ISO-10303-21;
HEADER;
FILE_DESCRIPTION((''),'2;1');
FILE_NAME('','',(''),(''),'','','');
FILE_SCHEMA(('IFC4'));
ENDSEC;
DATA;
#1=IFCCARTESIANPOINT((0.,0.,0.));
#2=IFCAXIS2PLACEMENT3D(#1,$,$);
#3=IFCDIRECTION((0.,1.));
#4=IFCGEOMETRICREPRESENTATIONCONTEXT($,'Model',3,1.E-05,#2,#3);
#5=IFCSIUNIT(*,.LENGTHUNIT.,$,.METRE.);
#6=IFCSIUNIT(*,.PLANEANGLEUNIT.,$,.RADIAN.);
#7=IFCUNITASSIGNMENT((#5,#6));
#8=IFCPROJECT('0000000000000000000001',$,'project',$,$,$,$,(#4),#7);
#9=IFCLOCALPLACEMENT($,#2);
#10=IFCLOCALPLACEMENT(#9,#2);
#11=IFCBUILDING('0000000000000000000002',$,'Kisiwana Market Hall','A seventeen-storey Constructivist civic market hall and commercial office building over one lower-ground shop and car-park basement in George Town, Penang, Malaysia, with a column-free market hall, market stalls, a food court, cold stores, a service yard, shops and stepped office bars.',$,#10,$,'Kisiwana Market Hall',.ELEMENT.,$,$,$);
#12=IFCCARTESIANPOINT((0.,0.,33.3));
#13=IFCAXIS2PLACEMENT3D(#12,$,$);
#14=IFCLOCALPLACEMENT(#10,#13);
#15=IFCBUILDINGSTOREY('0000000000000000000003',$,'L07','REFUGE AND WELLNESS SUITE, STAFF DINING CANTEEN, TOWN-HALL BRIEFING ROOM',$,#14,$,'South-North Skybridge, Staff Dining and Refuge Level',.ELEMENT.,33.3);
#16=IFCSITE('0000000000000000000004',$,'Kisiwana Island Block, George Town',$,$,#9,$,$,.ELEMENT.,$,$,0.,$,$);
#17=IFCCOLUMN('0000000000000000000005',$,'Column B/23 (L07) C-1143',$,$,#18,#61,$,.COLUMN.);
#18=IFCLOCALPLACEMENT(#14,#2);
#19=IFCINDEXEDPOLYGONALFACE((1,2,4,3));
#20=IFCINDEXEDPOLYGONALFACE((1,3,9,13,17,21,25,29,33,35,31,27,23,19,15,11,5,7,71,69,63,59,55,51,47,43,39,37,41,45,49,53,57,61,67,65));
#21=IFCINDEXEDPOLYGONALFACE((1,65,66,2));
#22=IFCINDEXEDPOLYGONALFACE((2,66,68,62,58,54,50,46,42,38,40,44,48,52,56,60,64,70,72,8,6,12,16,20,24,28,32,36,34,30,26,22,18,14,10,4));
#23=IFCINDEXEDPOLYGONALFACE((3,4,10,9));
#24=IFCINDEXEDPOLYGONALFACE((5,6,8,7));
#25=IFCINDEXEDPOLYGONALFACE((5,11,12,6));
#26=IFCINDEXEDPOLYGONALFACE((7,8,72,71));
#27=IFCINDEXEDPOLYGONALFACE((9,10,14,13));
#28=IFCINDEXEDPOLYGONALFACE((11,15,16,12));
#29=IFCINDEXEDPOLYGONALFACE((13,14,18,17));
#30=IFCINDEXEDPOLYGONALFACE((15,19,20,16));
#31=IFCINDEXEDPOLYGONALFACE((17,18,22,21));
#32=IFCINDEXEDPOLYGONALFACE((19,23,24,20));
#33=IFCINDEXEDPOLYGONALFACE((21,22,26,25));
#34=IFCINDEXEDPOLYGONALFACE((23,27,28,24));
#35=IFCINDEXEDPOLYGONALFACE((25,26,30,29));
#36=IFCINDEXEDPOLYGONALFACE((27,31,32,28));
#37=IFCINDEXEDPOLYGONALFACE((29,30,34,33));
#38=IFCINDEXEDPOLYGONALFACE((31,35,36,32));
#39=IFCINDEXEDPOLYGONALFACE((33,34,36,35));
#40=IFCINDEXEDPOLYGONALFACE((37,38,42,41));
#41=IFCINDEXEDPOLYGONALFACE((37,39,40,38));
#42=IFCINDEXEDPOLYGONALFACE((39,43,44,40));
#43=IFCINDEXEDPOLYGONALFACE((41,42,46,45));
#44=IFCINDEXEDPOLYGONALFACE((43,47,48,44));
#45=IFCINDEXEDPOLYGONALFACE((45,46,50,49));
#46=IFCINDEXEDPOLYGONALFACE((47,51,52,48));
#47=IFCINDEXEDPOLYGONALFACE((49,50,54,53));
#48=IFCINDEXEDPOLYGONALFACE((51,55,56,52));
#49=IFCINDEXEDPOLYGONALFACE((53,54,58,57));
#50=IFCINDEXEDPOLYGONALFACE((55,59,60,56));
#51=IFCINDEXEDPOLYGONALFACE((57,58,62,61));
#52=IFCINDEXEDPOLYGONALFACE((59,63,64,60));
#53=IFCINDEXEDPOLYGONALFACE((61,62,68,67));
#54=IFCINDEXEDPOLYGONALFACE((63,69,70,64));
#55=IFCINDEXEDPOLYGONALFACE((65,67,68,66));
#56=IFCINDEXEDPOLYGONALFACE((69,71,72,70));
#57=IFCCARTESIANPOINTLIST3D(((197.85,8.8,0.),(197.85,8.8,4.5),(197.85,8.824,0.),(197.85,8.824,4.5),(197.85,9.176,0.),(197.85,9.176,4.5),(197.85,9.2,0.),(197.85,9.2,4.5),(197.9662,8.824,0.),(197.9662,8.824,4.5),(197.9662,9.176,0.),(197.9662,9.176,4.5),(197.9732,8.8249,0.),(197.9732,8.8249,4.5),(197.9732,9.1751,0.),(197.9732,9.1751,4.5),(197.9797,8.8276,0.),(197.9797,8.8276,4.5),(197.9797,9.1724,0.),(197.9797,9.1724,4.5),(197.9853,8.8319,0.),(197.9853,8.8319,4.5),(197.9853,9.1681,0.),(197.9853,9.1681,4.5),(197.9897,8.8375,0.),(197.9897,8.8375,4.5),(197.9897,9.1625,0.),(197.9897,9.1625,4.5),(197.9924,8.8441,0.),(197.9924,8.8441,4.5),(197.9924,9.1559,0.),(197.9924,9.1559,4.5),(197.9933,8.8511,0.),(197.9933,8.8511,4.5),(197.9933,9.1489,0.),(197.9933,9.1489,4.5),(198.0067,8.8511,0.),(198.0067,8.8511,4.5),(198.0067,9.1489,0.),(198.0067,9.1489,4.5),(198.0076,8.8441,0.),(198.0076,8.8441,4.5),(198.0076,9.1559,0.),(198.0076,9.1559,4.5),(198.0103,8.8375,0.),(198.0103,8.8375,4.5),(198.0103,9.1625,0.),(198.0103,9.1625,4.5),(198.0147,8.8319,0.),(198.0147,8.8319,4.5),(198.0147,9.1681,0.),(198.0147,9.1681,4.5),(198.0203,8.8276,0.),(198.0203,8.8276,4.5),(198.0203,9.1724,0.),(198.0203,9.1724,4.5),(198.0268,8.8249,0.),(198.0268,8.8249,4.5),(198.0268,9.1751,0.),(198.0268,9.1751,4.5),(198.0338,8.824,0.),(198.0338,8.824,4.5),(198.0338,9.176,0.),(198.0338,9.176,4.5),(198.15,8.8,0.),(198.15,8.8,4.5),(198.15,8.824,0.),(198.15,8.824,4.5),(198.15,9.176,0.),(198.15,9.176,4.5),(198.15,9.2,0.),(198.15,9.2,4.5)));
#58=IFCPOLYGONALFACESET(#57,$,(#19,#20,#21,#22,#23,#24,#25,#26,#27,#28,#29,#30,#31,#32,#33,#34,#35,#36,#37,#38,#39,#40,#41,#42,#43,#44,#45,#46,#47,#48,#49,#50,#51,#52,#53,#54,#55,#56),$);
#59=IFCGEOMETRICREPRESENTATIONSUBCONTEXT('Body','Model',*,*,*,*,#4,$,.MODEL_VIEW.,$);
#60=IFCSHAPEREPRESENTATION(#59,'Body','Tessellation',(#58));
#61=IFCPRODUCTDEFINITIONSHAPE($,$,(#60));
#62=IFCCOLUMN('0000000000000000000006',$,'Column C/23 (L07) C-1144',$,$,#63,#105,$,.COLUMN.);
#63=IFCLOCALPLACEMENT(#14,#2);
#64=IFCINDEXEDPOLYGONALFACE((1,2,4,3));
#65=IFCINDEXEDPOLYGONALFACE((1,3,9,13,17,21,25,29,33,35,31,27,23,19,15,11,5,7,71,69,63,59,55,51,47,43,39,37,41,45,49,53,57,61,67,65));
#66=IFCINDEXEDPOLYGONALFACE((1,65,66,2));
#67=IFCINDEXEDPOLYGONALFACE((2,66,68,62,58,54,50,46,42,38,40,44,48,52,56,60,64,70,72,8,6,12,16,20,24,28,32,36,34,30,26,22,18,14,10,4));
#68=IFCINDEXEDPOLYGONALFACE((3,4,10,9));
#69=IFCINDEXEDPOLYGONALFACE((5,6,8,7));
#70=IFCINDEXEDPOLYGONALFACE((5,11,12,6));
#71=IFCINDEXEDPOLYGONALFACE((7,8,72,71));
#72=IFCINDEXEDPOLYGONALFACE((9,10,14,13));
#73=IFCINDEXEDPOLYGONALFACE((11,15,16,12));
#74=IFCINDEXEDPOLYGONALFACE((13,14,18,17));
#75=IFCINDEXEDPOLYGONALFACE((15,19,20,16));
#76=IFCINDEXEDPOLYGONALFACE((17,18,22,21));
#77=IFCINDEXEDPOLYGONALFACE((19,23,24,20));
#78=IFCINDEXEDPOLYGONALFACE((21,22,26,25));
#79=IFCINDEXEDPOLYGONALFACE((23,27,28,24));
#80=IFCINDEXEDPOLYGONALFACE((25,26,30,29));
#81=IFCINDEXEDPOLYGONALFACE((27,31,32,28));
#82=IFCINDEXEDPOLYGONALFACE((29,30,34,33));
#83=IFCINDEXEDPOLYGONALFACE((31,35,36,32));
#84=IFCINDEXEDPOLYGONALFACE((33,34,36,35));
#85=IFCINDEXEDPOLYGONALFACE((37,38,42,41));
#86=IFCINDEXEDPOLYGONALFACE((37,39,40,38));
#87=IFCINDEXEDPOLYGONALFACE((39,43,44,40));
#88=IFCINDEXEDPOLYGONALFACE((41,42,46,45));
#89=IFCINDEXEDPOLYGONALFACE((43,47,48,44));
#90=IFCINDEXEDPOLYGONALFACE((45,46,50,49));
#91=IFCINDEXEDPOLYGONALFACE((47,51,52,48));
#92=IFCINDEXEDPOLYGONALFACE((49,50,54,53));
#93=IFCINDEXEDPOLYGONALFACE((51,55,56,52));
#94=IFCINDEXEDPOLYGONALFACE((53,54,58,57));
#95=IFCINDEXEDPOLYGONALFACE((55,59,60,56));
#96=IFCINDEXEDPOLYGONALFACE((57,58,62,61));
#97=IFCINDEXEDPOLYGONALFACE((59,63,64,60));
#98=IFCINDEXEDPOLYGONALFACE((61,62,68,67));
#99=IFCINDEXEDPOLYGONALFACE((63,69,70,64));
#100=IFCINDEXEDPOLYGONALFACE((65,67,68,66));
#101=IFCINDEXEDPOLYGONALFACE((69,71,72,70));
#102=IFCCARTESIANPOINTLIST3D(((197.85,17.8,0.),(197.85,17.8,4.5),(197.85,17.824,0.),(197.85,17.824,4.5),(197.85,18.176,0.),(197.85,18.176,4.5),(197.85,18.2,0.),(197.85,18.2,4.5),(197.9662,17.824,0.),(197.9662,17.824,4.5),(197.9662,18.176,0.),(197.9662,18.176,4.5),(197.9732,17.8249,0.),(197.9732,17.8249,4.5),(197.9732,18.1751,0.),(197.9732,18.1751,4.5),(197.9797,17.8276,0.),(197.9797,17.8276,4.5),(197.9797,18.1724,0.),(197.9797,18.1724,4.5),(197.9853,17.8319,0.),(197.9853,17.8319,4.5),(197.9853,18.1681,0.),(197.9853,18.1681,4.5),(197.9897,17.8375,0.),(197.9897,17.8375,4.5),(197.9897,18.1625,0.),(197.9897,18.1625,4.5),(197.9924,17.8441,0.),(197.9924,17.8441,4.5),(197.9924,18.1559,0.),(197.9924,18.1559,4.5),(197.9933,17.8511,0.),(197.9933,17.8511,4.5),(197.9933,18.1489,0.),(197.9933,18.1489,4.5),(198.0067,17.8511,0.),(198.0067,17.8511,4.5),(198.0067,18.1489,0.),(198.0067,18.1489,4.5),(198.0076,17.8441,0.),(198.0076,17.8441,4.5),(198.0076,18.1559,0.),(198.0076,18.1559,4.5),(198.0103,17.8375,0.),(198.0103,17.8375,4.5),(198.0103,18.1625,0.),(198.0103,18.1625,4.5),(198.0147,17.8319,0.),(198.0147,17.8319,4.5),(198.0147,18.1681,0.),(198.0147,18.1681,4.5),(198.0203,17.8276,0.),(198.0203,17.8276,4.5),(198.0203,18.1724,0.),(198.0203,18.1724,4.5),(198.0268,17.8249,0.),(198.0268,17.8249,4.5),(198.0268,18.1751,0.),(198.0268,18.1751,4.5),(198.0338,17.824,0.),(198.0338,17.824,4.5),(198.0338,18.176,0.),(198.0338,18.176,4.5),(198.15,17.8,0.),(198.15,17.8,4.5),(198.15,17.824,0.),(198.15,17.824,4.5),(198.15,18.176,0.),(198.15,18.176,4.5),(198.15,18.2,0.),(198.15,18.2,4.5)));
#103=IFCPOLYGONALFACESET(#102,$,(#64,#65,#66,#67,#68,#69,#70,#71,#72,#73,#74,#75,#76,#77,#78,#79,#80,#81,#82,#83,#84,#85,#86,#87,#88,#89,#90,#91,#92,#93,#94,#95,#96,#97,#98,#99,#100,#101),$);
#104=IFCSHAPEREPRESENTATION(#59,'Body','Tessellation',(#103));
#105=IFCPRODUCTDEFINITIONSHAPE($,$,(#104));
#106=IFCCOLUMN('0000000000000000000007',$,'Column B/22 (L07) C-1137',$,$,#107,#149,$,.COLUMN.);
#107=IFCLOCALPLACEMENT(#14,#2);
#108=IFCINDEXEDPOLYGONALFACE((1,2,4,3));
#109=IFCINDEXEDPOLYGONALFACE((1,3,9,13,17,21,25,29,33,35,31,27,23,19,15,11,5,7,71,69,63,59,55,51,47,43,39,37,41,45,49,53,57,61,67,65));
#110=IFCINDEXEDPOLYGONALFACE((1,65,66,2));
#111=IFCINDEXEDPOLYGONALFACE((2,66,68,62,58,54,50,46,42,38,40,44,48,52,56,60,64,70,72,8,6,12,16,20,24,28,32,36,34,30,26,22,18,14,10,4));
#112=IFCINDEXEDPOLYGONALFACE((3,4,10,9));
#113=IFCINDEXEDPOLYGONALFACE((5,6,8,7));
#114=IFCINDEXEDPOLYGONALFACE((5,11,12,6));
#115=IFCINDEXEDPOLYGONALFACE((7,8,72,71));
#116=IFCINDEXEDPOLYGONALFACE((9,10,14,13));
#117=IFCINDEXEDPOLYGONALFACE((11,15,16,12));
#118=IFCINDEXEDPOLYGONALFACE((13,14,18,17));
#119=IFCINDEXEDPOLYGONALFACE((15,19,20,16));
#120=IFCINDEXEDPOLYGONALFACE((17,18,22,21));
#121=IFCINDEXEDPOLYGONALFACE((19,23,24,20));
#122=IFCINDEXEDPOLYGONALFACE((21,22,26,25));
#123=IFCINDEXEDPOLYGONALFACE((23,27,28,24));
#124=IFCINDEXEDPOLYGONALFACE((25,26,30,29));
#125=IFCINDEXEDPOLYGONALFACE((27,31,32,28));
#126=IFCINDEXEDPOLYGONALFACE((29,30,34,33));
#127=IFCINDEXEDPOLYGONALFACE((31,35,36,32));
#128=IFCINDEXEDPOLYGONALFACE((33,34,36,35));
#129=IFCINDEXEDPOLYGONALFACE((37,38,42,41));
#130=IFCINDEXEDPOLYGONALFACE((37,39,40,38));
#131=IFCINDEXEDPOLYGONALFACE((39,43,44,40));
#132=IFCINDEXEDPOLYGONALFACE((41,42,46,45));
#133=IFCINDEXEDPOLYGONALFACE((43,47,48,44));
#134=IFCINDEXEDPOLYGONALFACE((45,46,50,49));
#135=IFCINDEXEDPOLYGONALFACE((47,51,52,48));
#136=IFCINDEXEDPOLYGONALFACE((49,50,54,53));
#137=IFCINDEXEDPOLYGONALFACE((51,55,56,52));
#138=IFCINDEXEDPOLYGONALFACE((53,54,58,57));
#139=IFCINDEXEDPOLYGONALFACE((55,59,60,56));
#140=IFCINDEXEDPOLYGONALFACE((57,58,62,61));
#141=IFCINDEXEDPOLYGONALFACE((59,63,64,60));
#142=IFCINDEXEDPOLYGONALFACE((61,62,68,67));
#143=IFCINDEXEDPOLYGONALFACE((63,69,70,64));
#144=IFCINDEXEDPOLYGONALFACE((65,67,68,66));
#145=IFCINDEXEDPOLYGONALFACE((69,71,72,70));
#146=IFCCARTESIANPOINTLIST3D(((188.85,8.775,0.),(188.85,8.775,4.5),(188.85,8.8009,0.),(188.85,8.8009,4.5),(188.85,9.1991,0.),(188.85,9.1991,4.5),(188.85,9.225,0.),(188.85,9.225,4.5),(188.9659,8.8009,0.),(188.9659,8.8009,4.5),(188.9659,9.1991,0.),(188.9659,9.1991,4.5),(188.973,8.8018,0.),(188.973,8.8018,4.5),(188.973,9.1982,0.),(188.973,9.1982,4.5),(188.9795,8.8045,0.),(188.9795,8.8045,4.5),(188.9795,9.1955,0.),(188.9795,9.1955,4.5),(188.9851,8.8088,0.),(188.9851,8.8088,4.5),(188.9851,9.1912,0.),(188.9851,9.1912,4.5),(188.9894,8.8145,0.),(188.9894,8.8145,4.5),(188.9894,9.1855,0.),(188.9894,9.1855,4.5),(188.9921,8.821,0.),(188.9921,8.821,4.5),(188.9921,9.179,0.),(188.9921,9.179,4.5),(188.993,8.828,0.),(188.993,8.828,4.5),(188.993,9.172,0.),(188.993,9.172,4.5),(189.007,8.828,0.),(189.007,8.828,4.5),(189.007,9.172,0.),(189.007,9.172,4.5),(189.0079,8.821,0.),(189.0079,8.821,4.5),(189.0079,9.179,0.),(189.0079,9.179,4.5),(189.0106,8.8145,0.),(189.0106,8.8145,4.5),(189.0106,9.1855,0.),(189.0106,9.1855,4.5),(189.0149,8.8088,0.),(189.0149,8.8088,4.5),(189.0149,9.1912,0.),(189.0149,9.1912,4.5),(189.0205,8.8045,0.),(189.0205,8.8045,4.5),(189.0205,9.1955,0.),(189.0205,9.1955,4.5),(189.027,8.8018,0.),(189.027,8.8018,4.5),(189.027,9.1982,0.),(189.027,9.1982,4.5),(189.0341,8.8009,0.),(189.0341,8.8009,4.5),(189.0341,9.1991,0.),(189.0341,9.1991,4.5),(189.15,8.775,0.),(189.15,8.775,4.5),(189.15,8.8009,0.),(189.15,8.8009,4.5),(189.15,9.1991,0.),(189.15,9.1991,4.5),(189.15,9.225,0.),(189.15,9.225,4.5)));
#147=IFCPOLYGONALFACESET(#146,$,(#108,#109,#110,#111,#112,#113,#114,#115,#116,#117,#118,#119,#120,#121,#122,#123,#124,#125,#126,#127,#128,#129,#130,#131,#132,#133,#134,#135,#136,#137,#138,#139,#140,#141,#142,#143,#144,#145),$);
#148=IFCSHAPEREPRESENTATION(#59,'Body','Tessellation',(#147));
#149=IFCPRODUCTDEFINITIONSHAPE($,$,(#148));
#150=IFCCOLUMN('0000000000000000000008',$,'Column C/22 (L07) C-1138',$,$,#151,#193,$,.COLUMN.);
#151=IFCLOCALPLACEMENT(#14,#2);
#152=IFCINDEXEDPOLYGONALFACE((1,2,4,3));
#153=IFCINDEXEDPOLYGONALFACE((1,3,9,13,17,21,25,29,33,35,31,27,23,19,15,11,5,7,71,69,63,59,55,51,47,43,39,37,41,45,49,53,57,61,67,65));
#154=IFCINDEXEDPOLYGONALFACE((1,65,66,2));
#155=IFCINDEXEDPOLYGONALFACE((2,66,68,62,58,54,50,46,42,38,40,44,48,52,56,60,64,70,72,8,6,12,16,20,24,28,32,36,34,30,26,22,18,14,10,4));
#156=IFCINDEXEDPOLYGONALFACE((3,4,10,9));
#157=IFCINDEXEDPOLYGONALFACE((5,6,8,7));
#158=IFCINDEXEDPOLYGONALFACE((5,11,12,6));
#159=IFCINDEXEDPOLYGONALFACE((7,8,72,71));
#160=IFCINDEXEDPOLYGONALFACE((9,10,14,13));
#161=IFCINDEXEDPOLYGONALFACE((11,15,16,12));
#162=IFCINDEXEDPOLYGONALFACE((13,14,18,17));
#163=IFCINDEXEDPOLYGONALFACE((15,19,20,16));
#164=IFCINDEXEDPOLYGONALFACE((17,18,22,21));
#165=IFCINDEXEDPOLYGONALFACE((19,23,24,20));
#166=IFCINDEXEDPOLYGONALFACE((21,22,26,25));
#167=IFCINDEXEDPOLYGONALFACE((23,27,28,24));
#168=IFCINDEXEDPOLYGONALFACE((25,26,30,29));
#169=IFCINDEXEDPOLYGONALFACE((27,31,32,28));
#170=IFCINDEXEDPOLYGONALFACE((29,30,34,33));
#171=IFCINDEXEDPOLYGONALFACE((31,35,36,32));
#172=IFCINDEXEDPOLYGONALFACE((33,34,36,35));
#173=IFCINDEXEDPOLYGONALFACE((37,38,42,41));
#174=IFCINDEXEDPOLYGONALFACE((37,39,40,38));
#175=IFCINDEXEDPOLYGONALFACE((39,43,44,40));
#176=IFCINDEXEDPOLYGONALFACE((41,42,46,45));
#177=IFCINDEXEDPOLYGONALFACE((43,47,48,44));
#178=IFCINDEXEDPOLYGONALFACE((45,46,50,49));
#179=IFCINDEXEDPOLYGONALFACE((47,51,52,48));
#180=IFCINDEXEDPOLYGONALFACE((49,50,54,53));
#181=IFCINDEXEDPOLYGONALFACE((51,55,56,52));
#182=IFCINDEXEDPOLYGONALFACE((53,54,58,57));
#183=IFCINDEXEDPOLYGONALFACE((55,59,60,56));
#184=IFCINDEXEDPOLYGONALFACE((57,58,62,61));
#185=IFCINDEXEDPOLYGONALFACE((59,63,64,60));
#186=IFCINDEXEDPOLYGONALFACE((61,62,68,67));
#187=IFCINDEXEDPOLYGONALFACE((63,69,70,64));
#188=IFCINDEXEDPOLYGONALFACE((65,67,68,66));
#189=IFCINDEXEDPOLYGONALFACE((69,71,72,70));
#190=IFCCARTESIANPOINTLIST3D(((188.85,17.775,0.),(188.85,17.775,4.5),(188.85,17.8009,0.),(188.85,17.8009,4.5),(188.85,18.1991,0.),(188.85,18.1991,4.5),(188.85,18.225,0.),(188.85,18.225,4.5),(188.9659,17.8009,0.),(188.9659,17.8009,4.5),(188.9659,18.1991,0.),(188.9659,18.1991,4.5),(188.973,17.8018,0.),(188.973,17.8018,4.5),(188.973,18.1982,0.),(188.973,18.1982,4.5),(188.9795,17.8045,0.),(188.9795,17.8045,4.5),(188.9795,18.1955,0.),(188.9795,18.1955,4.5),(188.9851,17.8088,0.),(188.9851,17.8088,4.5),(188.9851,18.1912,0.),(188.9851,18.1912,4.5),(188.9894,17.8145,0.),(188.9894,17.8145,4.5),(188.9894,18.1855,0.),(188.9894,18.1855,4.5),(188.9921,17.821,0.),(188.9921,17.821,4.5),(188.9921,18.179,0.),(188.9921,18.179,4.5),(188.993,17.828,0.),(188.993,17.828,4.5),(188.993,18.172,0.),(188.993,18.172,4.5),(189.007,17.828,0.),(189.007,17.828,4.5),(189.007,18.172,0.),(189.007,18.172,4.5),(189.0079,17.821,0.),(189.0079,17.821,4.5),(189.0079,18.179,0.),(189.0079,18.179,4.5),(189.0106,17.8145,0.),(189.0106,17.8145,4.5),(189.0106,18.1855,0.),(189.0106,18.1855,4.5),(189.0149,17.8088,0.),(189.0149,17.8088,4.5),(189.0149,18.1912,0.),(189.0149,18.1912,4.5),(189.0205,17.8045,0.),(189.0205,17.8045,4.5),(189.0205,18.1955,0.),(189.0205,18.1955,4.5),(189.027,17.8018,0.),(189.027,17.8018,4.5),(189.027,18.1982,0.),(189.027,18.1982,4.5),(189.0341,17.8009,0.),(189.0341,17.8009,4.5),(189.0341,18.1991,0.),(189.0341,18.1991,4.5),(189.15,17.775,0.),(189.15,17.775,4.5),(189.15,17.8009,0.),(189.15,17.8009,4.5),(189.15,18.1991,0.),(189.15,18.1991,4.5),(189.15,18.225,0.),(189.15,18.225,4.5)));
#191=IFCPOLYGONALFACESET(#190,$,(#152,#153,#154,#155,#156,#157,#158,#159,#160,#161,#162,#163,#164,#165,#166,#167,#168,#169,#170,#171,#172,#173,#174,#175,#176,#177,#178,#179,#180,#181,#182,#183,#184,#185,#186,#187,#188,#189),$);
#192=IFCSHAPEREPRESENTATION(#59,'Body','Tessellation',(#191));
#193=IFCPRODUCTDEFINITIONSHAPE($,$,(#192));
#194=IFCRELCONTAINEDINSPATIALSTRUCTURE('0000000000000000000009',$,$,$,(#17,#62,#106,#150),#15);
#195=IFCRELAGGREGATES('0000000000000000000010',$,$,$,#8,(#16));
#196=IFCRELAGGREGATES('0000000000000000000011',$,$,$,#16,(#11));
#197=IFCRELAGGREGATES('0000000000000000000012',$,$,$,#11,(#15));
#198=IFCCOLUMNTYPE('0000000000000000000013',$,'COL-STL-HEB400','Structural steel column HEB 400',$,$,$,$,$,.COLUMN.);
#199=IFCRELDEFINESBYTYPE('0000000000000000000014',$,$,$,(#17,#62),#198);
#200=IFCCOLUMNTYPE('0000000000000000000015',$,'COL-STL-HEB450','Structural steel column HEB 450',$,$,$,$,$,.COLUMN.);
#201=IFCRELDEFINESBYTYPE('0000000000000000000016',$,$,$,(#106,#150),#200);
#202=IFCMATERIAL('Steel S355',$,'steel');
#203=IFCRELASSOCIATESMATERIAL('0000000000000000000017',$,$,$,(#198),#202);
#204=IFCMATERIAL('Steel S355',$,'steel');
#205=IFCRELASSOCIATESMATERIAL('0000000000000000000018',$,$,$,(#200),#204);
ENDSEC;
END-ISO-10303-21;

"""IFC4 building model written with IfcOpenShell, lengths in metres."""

from ifc_helpers import new_model, si_unit, direction, frame, origin, origin_2d, place, context, subcontext, project, spatial, i_section, extrude, material, material_profile, profile_set, type_object, element, save


model = new_model("IFC4")

# Units and contexts
model_context = context("Model", 3, precision=1e-05, world=origin(), true_north=direction((0.0, 1.0)))
body_context = subcontext(model_context, "Body", "Model", "MODEL_VIEW")
ifc_project = project(units=[si_unit("LENGTHUNIT", "METRE"), si_unit("PLANEANGLEUNIT", "RADIAN")], contexts=[model_context])

# Site, building, storey
site_placement = place(None, origin())
site = spatial("IfcSite", under=ifc_project, at=site_placement, Name="Kisiwana Island Block, George Town", CompositionType="ELEMENT", RefElevation=0.0)
building_placement = place(site_placement, origin())
building = spatial("IfcBuilding", under=site, at=building_placement, Name="Kisiwana Market Hall", Description="A seventeen-storey Constructivist civic market hall and commercial office building over one lower-ground shop and car-park basement in George Town, Penang, Malaysia, with a column-free market hall, market stalls, a food court, cold stores, a service yard, shops and stepped office bars.", LongName="Kisiwana Market Hall", CompositionType="ELEMENT")
storey_placement = place(building_placement, frame((0.0, 0.0, 33.3)))
storey = spatial("IfcBuildingStorey", under=building, at=storey_placement, Name="L07", Description="REFUGE AND WELLNESS SUITE, STAFF DINING CANTEEN, TOWN-HALL BRIEFING ROOM", LongName="South-North Skybridge, Staff Dining and Refuge Level", CompositionType="ELEMENT", Elevation=33.3)

# Columns
ifc_material_1 = material(Name="Steel S355", Category="steel")
ifc_material_profile_1 = material_profile(ifc_material_1, i_section(OverallWidth=0.3, OverallDepth=0.3999, WebThickness=0.0134, FlangeThickness=0.0239, FilletRadius=0.0271, at=origin_2d()), Name="HEB 400")
ifc_profile_set_1 = profile_set([ifc_material_profile_1], Name="Steel S355")
column_type_1 = type_object("IfcColumnType", Name="COL-STL-HEB400", Description="Structural steel column HEB 400", PredefinedType="COLUMN", material=ifc_profile_set_1)
for number, where, z_axis, x_axis, name in (
    (1, (198.0, 9.0, 0.0), (0.0, 0.0, 1.0), (1.0, 0.0, 0.0), "Column B/23 (L07) C-1143"),
    (2, (198.0, 18.0, 0.0), (0.0, 0.0, 1.0), (1.0, 0.0, 0.0), "Column C/23 (L07) C-1144"),
):
    element("IfcColumn", number, at=place(storey_placement, frame(where, z_axis=z_axis, x_axis=x_axis)), inside=storey, type_object=column_type_1, Name=name, PredefinedType="COLUMN", context=body_context, shape_type="SweptSolid", body=[
        extrude(i_section(OverallWidth=0.3, OverallDepth=0.3999, WebThickness=0.0134, FlangeThickness=0.0239, FilletRadius=0.0271, at=origin_2d()), origin(), (0.0, 0.0, 1.0), 4.5),
    ])
ifc_material_2 = material(Name="Steel S355", Category="steel")
ifc_material_profile_2 = material_profile(ifc_material_2, i_section(OverallWidth=0.3, OverallDepth=0.45, WebThickness=0.0139, FlangeThickness=0.0259, FilletRadius=0.0271, at=origin_2d()), Name="HEB 450")
ifc_profile_set_2 = profile_set([ifc_material_profile_2], Name="Steel S355")
column_type_2 = type_object("IfcColumnType", Name="COL-STL-HEB450", Description="Structural steel column HEB 450", PredefinedType="COLUMN", material=ifc_profile_set_2)
for number, where, z_axis, x_axis, name in (
    (3, (189.0, 9.0, 0.0), (0.0, 0.0, 1.0), (1.0, 0.0, 0.0), "Column B/22 (L07) C-1137"),
    (4, (189.0, 18.0, 0.0), (0.0, 0.0, 1.0), (1.0, 0.0, 0.0), "Column C/22 (L07) C-1138"),
):
    element("IfcColumn", number, at=place(storey_placement, frame(where, z_axis=z_axis, x_axis=x_axis)), inside=storey, type_object=column_type_2, Name=name, PredefinedType="COLUMN", context=body_context, shape_type="SweptSolid", body=[
        extrude(i_section(OverallWidth=0.3, OverallDepth=0.45, WebThickness=0.0139, FlangeThickness=0.0259, FilletRadius=0.0271, at=origin_2d()), origin(), (0.0, 0.0, 1.0), 4.5),
    ])

save(model, "model.ifc")
